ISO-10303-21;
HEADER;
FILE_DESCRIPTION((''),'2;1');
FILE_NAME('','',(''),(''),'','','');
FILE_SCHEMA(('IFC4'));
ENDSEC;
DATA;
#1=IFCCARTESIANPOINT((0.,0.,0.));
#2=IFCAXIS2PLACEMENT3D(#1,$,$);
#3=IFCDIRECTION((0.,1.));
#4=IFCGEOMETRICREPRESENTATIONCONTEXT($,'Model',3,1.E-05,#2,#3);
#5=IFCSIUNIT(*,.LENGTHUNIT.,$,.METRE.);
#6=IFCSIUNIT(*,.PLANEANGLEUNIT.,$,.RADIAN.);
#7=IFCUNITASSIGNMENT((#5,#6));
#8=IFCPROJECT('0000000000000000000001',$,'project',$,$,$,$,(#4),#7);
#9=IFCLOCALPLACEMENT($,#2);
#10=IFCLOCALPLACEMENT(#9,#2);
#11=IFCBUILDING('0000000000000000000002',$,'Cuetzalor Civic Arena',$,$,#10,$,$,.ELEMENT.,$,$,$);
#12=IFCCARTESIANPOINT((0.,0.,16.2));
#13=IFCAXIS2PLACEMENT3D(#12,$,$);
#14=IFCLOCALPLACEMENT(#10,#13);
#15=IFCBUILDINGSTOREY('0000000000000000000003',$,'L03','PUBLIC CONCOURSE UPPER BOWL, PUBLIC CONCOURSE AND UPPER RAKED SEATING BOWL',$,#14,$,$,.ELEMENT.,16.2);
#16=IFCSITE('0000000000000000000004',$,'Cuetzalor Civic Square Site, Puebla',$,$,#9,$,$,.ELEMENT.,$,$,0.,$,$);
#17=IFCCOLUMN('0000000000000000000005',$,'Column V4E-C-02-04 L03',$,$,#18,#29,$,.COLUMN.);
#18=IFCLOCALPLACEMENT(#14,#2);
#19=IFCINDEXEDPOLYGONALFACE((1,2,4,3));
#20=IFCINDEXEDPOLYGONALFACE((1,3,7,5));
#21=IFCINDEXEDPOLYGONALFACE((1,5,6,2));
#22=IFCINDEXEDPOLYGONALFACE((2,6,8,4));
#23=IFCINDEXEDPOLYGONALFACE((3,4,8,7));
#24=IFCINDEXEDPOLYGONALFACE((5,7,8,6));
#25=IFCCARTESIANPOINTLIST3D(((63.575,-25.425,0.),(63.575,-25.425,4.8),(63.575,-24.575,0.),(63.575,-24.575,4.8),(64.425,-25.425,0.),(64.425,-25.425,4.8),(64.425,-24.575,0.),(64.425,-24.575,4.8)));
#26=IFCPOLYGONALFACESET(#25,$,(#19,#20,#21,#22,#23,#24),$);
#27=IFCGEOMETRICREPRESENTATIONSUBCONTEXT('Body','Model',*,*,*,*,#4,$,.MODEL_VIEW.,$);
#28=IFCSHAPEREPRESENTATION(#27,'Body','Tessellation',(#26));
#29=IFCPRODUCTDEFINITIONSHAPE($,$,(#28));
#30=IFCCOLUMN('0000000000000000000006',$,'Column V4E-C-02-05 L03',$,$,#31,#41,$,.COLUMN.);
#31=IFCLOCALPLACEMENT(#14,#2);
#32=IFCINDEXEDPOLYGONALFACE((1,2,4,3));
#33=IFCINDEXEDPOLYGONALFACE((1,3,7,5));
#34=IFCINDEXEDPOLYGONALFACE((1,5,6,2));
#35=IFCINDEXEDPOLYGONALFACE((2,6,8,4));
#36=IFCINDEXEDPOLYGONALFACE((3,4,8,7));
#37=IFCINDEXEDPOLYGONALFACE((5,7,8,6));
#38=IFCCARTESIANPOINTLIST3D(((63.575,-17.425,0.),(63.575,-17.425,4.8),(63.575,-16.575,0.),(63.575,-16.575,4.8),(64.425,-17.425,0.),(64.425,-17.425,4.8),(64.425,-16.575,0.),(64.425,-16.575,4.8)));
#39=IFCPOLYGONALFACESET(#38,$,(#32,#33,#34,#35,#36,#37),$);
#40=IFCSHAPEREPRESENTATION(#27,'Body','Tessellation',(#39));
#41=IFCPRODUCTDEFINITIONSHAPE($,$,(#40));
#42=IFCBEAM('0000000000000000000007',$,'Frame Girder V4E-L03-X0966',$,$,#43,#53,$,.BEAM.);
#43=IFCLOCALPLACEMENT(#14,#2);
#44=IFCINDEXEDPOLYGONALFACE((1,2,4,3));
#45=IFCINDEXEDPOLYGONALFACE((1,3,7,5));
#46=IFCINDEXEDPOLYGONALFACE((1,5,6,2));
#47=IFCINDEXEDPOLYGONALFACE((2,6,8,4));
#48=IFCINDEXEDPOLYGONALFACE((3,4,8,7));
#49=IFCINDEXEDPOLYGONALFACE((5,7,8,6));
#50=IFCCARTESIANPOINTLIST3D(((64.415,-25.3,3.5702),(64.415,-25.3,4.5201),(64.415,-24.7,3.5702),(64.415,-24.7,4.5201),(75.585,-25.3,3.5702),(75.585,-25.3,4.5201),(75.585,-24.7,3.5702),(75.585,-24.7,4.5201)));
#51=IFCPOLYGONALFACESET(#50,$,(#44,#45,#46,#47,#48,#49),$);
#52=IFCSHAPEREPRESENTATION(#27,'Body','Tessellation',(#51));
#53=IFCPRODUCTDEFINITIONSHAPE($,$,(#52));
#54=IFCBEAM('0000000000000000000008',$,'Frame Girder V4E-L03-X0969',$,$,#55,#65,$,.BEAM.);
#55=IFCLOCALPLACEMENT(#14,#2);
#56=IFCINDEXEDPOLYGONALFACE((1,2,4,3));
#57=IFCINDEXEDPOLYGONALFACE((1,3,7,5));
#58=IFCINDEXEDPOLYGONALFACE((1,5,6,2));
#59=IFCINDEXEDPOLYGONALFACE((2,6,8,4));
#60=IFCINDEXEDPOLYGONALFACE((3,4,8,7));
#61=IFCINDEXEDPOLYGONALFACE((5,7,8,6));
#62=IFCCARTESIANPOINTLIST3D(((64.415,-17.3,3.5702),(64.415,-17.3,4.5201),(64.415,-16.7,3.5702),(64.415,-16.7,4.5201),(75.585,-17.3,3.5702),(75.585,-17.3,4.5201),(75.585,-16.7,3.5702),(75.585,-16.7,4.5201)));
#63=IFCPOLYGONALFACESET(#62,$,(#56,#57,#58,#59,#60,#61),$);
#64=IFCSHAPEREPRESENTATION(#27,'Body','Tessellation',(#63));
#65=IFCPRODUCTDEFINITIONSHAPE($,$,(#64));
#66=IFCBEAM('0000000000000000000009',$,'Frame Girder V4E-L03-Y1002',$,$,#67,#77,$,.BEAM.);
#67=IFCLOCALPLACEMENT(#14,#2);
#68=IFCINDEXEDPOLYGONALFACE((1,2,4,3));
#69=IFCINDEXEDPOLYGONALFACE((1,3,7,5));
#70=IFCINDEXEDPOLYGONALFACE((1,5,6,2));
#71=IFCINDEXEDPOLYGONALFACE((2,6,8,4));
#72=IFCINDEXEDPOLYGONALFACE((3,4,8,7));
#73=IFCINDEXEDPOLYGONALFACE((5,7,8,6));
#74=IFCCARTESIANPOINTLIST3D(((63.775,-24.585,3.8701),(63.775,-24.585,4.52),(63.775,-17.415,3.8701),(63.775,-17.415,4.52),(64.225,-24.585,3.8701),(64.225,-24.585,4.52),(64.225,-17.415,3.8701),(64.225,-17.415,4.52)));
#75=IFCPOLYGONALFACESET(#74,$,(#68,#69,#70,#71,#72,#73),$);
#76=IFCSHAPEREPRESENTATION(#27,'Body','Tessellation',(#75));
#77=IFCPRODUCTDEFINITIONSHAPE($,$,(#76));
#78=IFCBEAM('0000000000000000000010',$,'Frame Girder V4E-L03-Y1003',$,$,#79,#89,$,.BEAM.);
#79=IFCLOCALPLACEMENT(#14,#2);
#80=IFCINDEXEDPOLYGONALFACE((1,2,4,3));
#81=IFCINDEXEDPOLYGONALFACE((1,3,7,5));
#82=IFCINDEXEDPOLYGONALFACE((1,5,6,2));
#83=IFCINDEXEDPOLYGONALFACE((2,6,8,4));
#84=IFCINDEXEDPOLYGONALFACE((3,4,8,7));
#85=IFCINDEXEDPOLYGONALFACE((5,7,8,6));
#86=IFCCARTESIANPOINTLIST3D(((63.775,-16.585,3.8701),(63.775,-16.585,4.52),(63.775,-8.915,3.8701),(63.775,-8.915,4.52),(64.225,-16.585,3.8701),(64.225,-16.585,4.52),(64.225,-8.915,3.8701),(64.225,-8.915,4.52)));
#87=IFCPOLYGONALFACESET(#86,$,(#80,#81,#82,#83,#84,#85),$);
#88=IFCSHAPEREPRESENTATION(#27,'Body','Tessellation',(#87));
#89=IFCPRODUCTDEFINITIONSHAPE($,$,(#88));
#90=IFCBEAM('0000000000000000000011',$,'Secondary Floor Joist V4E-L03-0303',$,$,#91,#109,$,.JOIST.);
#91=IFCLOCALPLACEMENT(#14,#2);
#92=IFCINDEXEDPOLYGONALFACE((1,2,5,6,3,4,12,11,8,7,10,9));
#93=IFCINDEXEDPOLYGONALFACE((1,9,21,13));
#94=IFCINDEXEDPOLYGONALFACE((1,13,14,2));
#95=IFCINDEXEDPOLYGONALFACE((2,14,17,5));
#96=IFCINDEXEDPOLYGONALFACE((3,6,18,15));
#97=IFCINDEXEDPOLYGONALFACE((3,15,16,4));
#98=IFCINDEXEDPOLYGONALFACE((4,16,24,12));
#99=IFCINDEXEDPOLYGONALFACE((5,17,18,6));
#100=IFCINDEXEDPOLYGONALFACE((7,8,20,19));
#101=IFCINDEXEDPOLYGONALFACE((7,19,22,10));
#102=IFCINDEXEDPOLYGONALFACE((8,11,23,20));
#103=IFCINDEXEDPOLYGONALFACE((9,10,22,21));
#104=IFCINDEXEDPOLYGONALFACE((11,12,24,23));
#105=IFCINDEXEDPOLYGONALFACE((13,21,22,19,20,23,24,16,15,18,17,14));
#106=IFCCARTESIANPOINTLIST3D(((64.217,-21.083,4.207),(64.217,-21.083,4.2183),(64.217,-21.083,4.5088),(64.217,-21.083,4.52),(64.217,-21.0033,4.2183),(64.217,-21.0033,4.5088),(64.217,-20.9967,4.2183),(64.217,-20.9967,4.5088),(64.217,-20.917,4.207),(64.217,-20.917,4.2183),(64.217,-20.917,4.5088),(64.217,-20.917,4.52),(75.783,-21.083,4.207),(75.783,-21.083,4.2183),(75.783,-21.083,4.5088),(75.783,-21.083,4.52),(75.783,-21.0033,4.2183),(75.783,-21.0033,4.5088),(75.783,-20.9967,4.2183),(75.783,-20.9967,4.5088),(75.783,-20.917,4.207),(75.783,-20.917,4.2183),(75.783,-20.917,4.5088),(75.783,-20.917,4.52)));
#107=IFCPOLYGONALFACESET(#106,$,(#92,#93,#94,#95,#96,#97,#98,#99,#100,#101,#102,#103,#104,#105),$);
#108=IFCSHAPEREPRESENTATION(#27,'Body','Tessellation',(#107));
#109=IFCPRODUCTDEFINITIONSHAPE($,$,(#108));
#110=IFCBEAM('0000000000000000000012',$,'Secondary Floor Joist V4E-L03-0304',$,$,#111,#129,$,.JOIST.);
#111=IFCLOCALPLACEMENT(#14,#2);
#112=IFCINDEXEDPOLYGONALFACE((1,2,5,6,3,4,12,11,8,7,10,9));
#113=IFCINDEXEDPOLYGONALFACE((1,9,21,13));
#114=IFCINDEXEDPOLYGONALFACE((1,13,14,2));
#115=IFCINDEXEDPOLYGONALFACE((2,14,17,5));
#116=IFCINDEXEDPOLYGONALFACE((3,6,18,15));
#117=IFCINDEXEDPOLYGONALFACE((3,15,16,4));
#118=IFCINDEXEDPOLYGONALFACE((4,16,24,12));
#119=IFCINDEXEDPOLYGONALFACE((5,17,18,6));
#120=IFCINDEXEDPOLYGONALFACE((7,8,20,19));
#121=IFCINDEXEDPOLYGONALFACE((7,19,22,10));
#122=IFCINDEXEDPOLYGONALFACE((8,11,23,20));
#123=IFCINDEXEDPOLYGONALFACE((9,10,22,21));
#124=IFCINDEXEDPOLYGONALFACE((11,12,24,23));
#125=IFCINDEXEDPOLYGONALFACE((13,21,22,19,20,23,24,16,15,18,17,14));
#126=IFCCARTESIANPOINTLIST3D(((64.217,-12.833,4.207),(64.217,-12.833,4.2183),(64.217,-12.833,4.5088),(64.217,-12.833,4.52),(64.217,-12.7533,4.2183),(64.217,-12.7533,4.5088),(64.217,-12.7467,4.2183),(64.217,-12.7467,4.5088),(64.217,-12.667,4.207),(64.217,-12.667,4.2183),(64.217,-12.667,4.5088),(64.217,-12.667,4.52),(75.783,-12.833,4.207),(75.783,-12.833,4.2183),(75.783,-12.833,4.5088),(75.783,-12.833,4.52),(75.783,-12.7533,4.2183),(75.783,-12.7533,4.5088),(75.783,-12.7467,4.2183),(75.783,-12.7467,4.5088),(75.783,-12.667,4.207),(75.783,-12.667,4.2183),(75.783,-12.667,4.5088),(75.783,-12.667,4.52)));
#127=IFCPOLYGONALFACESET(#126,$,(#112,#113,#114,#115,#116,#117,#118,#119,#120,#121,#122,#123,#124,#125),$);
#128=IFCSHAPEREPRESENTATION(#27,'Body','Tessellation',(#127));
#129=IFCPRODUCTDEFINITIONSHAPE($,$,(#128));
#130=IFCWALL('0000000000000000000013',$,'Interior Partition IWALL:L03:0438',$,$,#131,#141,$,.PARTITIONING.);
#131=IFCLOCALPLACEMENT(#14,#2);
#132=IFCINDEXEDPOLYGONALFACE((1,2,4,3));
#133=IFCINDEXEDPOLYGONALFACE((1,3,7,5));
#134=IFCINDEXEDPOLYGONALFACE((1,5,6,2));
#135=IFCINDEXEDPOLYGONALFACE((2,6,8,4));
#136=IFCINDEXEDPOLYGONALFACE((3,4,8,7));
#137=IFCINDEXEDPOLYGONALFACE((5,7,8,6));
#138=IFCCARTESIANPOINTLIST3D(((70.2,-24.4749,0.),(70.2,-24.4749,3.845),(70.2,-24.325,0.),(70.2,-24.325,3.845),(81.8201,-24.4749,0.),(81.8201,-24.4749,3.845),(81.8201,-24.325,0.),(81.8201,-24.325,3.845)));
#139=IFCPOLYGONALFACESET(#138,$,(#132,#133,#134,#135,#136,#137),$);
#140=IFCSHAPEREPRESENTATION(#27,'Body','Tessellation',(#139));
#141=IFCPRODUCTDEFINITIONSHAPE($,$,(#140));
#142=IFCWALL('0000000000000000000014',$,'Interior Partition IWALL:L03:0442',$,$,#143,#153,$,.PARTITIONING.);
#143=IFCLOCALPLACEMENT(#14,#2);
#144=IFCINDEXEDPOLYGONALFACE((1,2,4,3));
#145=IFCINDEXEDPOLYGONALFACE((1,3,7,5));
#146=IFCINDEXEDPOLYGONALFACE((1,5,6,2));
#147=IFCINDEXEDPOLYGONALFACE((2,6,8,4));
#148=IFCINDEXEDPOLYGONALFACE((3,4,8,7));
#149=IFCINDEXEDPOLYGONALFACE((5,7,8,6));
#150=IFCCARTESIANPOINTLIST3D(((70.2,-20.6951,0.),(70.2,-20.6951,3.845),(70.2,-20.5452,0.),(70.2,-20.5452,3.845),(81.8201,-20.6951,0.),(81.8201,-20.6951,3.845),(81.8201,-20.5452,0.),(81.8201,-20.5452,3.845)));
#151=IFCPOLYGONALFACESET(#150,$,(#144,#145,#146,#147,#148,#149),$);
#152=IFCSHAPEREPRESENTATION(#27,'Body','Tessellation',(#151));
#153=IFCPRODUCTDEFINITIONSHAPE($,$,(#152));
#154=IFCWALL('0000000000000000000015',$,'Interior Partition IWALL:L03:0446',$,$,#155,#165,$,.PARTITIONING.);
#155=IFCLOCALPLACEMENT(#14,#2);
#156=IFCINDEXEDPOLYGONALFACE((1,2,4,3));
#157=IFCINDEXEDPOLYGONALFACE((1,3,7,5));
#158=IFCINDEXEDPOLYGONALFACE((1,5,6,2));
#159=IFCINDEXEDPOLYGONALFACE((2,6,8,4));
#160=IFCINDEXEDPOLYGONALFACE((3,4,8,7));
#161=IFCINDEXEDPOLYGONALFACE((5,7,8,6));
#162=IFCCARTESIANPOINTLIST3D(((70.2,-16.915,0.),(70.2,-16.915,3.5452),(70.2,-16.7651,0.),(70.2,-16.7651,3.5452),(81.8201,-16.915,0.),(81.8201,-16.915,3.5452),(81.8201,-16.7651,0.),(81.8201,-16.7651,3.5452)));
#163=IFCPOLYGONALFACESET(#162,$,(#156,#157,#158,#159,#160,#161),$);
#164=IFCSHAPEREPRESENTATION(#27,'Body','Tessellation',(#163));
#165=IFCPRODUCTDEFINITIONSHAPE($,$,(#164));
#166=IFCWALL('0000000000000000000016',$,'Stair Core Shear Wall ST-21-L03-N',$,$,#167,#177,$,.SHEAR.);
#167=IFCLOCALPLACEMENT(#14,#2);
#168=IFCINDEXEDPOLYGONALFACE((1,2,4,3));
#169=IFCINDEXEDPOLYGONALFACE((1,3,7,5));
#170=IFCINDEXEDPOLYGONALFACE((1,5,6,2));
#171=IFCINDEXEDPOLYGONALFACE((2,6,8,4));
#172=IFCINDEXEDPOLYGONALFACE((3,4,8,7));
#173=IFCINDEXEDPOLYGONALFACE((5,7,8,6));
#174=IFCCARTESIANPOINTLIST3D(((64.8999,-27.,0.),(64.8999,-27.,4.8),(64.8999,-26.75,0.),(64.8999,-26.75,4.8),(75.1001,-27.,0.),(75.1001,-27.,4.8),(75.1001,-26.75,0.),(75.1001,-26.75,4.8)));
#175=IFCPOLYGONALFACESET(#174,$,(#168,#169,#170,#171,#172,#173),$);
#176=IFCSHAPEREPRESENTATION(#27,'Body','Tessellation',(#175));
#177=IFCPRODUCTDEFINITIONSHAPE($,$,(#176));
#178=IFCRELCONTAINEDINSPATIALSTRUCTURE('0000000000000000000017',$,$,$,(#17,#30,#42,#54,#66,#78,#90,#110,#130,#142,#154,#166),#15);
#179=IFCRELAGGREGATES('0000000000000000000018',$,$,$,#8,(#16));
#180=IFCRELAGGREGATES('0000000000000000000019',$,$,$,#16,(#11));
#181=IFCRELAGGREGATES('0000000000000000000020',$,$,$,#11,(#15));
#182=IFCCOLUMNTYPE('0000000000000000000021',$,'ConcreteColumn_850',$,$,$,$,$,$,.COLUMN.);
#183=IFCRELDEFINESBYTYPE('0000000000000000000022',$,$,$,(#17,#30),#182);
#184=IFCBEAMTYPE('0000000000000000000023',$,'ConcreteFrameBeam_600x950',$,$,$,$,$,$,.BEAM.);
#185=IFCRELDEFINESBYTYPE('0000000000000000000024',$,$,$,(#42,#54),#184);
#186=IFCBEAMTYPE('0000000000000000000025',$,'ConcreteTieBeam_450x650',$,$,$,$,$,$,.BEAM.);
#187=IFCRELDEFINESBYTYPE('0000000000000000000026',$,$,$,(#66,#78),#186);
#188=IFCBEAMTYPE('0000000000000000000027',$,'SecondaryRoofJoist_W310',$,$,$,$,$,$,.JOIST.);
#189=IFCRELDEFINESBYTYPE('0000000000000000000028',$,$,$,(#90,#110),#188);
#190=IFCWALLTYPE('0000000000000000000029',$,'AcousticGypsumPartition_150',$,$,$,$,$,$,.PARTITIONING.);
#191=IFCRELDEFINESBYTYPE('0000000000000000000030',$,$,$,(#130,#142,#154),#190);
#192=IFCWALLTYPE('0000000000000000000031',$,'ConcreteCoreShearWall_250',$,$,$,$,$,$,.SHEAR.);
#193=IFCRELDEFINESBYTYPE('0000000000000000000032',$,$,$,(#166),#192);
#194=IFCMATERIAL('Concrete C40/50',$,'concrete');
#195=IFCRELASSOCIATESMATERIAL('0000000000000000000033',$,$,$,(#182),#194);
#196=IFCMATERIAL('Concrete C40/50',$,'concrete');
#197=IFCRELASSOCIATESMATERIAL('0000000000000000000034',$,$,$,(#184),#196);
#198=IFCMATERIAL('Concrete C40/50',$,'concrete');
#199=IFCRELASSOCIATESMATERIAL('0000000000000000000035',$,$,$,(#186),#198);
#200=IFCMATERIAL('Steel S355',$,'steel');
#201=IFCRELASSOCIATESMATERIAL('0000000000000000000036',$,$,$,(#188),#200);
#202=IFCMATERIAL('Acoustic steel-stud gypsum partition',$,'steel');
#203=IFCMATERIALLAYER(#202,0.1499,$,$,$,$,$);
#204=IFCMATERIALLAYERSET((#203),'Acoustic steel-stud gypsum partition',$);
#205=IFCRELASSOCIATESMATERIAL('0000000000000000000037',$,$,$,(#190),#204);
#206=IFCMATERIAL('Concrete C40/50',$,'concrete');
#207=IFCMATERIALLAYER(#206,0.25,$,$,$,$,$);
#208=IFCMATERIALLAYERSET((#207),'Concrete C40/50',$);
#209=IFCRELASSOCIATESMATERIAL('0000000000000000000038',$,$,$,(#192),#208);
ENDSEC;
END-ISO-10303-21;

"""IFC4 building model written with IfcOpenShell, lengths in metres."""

from ifc_helpers import new_model, si_unit, direction, frame, frame_2d, origin, origin_2d, place, context, subcontext, project, spatial, rectangle, i_section, extrude, material, layer, layer_set, material_profile, profile_set, type_object, element, save


model = new_model("IFC4")

# Units and contexts
model_context = context("Model", 3, precision=1e-05, world=origin(), true_north=direction((0.0, 1.0)))
body_context = subcontext(model_context, "Body", "Model", "MODEL_VIEW")
ifc_project = project(units=[si_unit("LENGTHUNIT", "METRE"), si_unit("PLANEANGLEUNIT", "RADIAN")], contexts=[model_context])

# Site, building, storey
site_placement = place(None, origin())
site = spatial("IfcSite", under=ifc_project, at=site_placement, Name="Cuetzalor Civic Square Site, Puebla", CompositionType="ELEMENT", RefElevation=0.0)
building_placement = place(site_placement, origin())
building = spatial("IfcBuilding", under=site, at=building_placement, Name="Cuetzalor Civic Arena", CompositionType="ELEMENT")
storey_placement = place(building_placement, frame((0.0, 0.0, 16.2)))
storey = spatial("IfcBuildingStorey", under=building, at=storey_placement, Name="L03", Description="PUBLIC CONCOURSE UPPER BOWL, PUBLIC CONCOURSE AND UPPER RAKED SEATING BOWL", CompositionType="ELEMENT", Elevation=16.2)

# Columns
ifc_material_1 = material(Name="Concrete C40/50", Category="concrete")
ifc_material_profile_1 = material_profile(ifc_material_1, rectangle(XDim=0.8501, YDim=0.8501, at=origin_2d()), Name="RC 850x850")
ifc_profile_set_1 = profile_set([ifc_material_profile_1], Name="Concrete C40/50")
column_type = type_object("IfcColumnType", Name="ConcreteColumn_850", PredefinedType="COLUMN", material=ifc_profile_set_1)
for number, where, z_axis, x_axis, name in (
    (1, (64.0, -25.0, 0.0), (0.0, 0.0, 1.0), (1.0, 0.0, 0.0), "Column V4E-C-02-04 L03"),
    (2, (64.0, -17.0, 0.0), (0.0, 0.0, 1.0), (1.0, 0.0, 0.0), "Column V4E-C-02-05 L03"),
):
    element("IfcColumn", number, at=place(storey_placement, frame(where, z_axis=z_axis, x_axis=x_axis)), inside=storey, type_object=column_type, Name=name, PredefinedType="COLUMN", context=body_context, shape_type="SweptSolid", body=[
        extrude(rectangle(XDim=0.8501, YDim=0.8501, at=origin_2d()), origin(), (0.0, 0.0, 1.0), 4.8),
    ])

# Beams
ifc_material_2 = material(Name="Concrete C40/50", Category="concrete")
ifc_material_profile_2 = material_profile(ifc_material_2, rectangle(XDim=0.6001, YDim=0.95, at=origin_2d()), Name="RC 600x950")
ifc_profile_set_2 = profile_set([ifc_material_profile_2], Name="Concrete C40/50")
beam_type_1 = type_object("IfcBeamType", Name="ConcreteFrameBeam_600x950", PredefinedType="BEAM", material=ifc_profile_set_2)
for number, where, z_axis, x_axis, name in (
    (3, (64.415, -25.0, 4.0452), (1.0, 0.0, 0.0), (0.0, 1.0, 0.0), "Frame Girder V4E-L03-X0966"),
    (4, (64.415, -17.0, 4.0452), (1.0, 0.0, 0.0), (0.0, 1.0, 0.0), "Frame Girder V4E-L03-X0969"),
):
    element("IfcBeam", number, at=place(storey_placement, frame(where, z_axis=z_axis, x_axis=x_axis)), inside=storey, type_object=beam_type_1, Name=name, PredefinedType="BEAM", context=body_context, shape_type="SweptSolid", body=[
        extrude(rectangle(XDim=0.6001, YDim=0.95, at=origin_2d()), origin(), (0.0, 0.0, 1.0), 11.1699),
    ])
ifc_material_3 = material(Name="Concrete C40/50", Category="concrete")
ifc_material_profile_3 = material_profile(ifc_material_3, rectangle(XDim=0.45, YDim=0.6499, at=origin_2d()), Name="RC 450x650")
ifc_profile_set_3 = profile_set([ifc_material_profile_3], Name="Concrete C40/50")
beam_type_2 = type_object("IfcBeamType", Name="ConcreteTieBeam_450x650", PredefinedType="BEAM", material=ifc_profile_set_3)
beam_1_placement = place(storey_placement, frame((64.0, -24.585, 4.1951), z_axis=(0.0, 1.0, 0.0), x_axis=(-1.0, 0.0, 0.0)))
element("IfcBeam", 5, at=beam_1_placement, inside=storey, type_object=beam_type_2, Name="Frame Girder V4E-L03-Y1002", PredefinedType="BEAM", context=body_context, shape_type="SweptSolid", body=[
    extrude(rectangle(XDim=0.45, YDim=0.6499, at=origin_2d()), origin(), (0.0, 0.0, 1.0), 7.1699),
])
beam_2_placement = place(storey_placement, frame((64.0, -16.585, 4.1951), z_axis=(0.0, 1.0, 0.0), x_axis=(-1.0, 0.0, 0.0)))
element("IfcBeam", 6, at=beam_2_placement, inside=storey, type_object=beam_type_2, Name="Frame Girder V4E-L03-Y1003", PredefinedType="BEAM", context=body_context, shape_type="SweptSolid", body=[
    extrude(rectangle(XDim=0.45, YDim=0.6499, at=origin_2d()), origin(), (0.0, 0.0, 1.0), 7.6699),
])
ifc_material_4 = material(Name="Steel S355", Category="steel")
ifc_material_profile_4 = material_profile(ifc_material_4, i_section(OverallWidth=0.166, OverallDepth=0.313, WebThickness=0.0066, FlangeThickness=0.0112, at=origin_2d()), Name="W310x45")
ifc_profile_set_4 = profile_set([ifc_material_profile_4], Name="Steel S355")
beam_type_3 = type_object("IfcBeamType", Name="SecondaryRoofJoist_W310", PredefinedType="JOIST", material=ifc_profile_set_4)
for number, where, z_axis, x_axis, name in (
    (7, (64.217, -21.0, 4.3635), (1.0, 0.0, 0.0), (0.0, 1.0, 0.0), "Secondary Floor Joist V4E-L03-0303"),
    (8, (64.217, -12.75, 4.3635), (1.0, 0.0, 0.0), (0.0, 1.0, 0.0), "Secondary Floor Joist V4E-L03-0304"),
):
    element("IfcBeam", number, at=place(storey_placement, frame(where, z_axis=z_axis, x_axis=x_axis)), inside=storey, type_object=beam_type_3, Name=name, PredefinedType="JOIST", context=body_context, shape_type="SweptSolid", body=[
        extrude(i_section(OverallWidth=0.166, OverallDepth=0.313, WebThickness=0.0066, FlangeThickness=0.0112, at=origin_2d()), origin(), (0.0, 0.0, 1.0), 11.5659),
    ])

# Walls
ifc_material_5 = material(Name="Acoustic steel-stud gypsum partition", Category="steel")
ifc_layer_1 = layer(ifc_material_5, 0.1499)
ifc_layer_set_1 = layer_set([ifc_layer_1], Name="Acoustic steel-stud gypsum partition")
wall_type_1 = type_object("IfcWallType", Name="AcousticGypsumPartition_150", PredefinedType="PARTITIONING", material=ifc_layer_set_1)
for number, where, z_axis, x_axis, name in (
    (9, (70.2, -24.3999, 0.0), (0.0, 0.0, 1.0), (1.0, 0.0, 0.0), "Interior Partition IWALL:L03:0438"),
    (10, (70.2, -20.6201, 0.0), (0.0, 0.0, 1.0), (1.0, 0.0, 0.0), "Interior Partition IWALL:L03:0442"),
):
    element("IfcWall", number, at=place(storey_placement, frame(where, z_axis=z_axis, x_axis=x_axis)), inside=storey, type_object=wall_type_1, Name=name, PredefinedType="PARTITIONING", context=body_context, shape_type="SweptSolid", body=[
        extrude(rectangle(XDim=11.6201, YDim=0.1499, at=frame_2d((5.8101, 0.0))), origin(), (0.0, 0.0, 1.0), 3.845),
    ])
wall_1_placement = place(storey_placement, frame((70.2, -16.8401, 0.0), z_axis=(0.0, 0.0, 1.0), x_axis=(1.0, 0.0, 0.0)))
element("IfcWall", 11, at=wall_1_placement, inside=storey, type_object=wall_type_1, Name="Interior Partition IWALL:L03:0446", PredefinedType="PARTITIONING", context=body_context, shape_type="SweptSolid", body=[
    extrude(rectangle(XDim=11.6201, YDim=0.1499, at=frame_2d((5.8101, 0.0))), origin(), (0.0, 0.0, 1.0), 3.5452),
])
ifc_material_6 = material(Name="Concrete C40/50", Category="concrete")
ifc_layer_2 = layer(ifc_material_6, 0.25)
ifc_layer_set_2 = layer_set([ifc_layer_2], Name="Concrete C40/50")
wall_type_2 = type_object("IfcWallType", Name="ConcreteCoreShearWall_250", PredefinedType="SHEAR", material=ifc_layer_set_2)
wall_2_placement = place(storey_placement, frame((64.8999, -26.875, 0.0), z_axis=(0.0, 0.0, 1.0), x_axis=(1.0, 0.0, 0.0)))
element("IfcWall", 12, at=wall_2_placement, inside=storey, type_object=wall_type_2, Name="Stair Core Shear Wall ST-21-L03-N", PredefinedType="SHEAR", context=body_context, shape_type="SweptSolid", body=[
    extrude(rectangle(XDim=10.2002, YDim=0.25, at=frame_2d((5.1001, 0.0))), origin(), (0.0, 0.0, 1.0), 4.8),
])

save(model, "model.ifc")
